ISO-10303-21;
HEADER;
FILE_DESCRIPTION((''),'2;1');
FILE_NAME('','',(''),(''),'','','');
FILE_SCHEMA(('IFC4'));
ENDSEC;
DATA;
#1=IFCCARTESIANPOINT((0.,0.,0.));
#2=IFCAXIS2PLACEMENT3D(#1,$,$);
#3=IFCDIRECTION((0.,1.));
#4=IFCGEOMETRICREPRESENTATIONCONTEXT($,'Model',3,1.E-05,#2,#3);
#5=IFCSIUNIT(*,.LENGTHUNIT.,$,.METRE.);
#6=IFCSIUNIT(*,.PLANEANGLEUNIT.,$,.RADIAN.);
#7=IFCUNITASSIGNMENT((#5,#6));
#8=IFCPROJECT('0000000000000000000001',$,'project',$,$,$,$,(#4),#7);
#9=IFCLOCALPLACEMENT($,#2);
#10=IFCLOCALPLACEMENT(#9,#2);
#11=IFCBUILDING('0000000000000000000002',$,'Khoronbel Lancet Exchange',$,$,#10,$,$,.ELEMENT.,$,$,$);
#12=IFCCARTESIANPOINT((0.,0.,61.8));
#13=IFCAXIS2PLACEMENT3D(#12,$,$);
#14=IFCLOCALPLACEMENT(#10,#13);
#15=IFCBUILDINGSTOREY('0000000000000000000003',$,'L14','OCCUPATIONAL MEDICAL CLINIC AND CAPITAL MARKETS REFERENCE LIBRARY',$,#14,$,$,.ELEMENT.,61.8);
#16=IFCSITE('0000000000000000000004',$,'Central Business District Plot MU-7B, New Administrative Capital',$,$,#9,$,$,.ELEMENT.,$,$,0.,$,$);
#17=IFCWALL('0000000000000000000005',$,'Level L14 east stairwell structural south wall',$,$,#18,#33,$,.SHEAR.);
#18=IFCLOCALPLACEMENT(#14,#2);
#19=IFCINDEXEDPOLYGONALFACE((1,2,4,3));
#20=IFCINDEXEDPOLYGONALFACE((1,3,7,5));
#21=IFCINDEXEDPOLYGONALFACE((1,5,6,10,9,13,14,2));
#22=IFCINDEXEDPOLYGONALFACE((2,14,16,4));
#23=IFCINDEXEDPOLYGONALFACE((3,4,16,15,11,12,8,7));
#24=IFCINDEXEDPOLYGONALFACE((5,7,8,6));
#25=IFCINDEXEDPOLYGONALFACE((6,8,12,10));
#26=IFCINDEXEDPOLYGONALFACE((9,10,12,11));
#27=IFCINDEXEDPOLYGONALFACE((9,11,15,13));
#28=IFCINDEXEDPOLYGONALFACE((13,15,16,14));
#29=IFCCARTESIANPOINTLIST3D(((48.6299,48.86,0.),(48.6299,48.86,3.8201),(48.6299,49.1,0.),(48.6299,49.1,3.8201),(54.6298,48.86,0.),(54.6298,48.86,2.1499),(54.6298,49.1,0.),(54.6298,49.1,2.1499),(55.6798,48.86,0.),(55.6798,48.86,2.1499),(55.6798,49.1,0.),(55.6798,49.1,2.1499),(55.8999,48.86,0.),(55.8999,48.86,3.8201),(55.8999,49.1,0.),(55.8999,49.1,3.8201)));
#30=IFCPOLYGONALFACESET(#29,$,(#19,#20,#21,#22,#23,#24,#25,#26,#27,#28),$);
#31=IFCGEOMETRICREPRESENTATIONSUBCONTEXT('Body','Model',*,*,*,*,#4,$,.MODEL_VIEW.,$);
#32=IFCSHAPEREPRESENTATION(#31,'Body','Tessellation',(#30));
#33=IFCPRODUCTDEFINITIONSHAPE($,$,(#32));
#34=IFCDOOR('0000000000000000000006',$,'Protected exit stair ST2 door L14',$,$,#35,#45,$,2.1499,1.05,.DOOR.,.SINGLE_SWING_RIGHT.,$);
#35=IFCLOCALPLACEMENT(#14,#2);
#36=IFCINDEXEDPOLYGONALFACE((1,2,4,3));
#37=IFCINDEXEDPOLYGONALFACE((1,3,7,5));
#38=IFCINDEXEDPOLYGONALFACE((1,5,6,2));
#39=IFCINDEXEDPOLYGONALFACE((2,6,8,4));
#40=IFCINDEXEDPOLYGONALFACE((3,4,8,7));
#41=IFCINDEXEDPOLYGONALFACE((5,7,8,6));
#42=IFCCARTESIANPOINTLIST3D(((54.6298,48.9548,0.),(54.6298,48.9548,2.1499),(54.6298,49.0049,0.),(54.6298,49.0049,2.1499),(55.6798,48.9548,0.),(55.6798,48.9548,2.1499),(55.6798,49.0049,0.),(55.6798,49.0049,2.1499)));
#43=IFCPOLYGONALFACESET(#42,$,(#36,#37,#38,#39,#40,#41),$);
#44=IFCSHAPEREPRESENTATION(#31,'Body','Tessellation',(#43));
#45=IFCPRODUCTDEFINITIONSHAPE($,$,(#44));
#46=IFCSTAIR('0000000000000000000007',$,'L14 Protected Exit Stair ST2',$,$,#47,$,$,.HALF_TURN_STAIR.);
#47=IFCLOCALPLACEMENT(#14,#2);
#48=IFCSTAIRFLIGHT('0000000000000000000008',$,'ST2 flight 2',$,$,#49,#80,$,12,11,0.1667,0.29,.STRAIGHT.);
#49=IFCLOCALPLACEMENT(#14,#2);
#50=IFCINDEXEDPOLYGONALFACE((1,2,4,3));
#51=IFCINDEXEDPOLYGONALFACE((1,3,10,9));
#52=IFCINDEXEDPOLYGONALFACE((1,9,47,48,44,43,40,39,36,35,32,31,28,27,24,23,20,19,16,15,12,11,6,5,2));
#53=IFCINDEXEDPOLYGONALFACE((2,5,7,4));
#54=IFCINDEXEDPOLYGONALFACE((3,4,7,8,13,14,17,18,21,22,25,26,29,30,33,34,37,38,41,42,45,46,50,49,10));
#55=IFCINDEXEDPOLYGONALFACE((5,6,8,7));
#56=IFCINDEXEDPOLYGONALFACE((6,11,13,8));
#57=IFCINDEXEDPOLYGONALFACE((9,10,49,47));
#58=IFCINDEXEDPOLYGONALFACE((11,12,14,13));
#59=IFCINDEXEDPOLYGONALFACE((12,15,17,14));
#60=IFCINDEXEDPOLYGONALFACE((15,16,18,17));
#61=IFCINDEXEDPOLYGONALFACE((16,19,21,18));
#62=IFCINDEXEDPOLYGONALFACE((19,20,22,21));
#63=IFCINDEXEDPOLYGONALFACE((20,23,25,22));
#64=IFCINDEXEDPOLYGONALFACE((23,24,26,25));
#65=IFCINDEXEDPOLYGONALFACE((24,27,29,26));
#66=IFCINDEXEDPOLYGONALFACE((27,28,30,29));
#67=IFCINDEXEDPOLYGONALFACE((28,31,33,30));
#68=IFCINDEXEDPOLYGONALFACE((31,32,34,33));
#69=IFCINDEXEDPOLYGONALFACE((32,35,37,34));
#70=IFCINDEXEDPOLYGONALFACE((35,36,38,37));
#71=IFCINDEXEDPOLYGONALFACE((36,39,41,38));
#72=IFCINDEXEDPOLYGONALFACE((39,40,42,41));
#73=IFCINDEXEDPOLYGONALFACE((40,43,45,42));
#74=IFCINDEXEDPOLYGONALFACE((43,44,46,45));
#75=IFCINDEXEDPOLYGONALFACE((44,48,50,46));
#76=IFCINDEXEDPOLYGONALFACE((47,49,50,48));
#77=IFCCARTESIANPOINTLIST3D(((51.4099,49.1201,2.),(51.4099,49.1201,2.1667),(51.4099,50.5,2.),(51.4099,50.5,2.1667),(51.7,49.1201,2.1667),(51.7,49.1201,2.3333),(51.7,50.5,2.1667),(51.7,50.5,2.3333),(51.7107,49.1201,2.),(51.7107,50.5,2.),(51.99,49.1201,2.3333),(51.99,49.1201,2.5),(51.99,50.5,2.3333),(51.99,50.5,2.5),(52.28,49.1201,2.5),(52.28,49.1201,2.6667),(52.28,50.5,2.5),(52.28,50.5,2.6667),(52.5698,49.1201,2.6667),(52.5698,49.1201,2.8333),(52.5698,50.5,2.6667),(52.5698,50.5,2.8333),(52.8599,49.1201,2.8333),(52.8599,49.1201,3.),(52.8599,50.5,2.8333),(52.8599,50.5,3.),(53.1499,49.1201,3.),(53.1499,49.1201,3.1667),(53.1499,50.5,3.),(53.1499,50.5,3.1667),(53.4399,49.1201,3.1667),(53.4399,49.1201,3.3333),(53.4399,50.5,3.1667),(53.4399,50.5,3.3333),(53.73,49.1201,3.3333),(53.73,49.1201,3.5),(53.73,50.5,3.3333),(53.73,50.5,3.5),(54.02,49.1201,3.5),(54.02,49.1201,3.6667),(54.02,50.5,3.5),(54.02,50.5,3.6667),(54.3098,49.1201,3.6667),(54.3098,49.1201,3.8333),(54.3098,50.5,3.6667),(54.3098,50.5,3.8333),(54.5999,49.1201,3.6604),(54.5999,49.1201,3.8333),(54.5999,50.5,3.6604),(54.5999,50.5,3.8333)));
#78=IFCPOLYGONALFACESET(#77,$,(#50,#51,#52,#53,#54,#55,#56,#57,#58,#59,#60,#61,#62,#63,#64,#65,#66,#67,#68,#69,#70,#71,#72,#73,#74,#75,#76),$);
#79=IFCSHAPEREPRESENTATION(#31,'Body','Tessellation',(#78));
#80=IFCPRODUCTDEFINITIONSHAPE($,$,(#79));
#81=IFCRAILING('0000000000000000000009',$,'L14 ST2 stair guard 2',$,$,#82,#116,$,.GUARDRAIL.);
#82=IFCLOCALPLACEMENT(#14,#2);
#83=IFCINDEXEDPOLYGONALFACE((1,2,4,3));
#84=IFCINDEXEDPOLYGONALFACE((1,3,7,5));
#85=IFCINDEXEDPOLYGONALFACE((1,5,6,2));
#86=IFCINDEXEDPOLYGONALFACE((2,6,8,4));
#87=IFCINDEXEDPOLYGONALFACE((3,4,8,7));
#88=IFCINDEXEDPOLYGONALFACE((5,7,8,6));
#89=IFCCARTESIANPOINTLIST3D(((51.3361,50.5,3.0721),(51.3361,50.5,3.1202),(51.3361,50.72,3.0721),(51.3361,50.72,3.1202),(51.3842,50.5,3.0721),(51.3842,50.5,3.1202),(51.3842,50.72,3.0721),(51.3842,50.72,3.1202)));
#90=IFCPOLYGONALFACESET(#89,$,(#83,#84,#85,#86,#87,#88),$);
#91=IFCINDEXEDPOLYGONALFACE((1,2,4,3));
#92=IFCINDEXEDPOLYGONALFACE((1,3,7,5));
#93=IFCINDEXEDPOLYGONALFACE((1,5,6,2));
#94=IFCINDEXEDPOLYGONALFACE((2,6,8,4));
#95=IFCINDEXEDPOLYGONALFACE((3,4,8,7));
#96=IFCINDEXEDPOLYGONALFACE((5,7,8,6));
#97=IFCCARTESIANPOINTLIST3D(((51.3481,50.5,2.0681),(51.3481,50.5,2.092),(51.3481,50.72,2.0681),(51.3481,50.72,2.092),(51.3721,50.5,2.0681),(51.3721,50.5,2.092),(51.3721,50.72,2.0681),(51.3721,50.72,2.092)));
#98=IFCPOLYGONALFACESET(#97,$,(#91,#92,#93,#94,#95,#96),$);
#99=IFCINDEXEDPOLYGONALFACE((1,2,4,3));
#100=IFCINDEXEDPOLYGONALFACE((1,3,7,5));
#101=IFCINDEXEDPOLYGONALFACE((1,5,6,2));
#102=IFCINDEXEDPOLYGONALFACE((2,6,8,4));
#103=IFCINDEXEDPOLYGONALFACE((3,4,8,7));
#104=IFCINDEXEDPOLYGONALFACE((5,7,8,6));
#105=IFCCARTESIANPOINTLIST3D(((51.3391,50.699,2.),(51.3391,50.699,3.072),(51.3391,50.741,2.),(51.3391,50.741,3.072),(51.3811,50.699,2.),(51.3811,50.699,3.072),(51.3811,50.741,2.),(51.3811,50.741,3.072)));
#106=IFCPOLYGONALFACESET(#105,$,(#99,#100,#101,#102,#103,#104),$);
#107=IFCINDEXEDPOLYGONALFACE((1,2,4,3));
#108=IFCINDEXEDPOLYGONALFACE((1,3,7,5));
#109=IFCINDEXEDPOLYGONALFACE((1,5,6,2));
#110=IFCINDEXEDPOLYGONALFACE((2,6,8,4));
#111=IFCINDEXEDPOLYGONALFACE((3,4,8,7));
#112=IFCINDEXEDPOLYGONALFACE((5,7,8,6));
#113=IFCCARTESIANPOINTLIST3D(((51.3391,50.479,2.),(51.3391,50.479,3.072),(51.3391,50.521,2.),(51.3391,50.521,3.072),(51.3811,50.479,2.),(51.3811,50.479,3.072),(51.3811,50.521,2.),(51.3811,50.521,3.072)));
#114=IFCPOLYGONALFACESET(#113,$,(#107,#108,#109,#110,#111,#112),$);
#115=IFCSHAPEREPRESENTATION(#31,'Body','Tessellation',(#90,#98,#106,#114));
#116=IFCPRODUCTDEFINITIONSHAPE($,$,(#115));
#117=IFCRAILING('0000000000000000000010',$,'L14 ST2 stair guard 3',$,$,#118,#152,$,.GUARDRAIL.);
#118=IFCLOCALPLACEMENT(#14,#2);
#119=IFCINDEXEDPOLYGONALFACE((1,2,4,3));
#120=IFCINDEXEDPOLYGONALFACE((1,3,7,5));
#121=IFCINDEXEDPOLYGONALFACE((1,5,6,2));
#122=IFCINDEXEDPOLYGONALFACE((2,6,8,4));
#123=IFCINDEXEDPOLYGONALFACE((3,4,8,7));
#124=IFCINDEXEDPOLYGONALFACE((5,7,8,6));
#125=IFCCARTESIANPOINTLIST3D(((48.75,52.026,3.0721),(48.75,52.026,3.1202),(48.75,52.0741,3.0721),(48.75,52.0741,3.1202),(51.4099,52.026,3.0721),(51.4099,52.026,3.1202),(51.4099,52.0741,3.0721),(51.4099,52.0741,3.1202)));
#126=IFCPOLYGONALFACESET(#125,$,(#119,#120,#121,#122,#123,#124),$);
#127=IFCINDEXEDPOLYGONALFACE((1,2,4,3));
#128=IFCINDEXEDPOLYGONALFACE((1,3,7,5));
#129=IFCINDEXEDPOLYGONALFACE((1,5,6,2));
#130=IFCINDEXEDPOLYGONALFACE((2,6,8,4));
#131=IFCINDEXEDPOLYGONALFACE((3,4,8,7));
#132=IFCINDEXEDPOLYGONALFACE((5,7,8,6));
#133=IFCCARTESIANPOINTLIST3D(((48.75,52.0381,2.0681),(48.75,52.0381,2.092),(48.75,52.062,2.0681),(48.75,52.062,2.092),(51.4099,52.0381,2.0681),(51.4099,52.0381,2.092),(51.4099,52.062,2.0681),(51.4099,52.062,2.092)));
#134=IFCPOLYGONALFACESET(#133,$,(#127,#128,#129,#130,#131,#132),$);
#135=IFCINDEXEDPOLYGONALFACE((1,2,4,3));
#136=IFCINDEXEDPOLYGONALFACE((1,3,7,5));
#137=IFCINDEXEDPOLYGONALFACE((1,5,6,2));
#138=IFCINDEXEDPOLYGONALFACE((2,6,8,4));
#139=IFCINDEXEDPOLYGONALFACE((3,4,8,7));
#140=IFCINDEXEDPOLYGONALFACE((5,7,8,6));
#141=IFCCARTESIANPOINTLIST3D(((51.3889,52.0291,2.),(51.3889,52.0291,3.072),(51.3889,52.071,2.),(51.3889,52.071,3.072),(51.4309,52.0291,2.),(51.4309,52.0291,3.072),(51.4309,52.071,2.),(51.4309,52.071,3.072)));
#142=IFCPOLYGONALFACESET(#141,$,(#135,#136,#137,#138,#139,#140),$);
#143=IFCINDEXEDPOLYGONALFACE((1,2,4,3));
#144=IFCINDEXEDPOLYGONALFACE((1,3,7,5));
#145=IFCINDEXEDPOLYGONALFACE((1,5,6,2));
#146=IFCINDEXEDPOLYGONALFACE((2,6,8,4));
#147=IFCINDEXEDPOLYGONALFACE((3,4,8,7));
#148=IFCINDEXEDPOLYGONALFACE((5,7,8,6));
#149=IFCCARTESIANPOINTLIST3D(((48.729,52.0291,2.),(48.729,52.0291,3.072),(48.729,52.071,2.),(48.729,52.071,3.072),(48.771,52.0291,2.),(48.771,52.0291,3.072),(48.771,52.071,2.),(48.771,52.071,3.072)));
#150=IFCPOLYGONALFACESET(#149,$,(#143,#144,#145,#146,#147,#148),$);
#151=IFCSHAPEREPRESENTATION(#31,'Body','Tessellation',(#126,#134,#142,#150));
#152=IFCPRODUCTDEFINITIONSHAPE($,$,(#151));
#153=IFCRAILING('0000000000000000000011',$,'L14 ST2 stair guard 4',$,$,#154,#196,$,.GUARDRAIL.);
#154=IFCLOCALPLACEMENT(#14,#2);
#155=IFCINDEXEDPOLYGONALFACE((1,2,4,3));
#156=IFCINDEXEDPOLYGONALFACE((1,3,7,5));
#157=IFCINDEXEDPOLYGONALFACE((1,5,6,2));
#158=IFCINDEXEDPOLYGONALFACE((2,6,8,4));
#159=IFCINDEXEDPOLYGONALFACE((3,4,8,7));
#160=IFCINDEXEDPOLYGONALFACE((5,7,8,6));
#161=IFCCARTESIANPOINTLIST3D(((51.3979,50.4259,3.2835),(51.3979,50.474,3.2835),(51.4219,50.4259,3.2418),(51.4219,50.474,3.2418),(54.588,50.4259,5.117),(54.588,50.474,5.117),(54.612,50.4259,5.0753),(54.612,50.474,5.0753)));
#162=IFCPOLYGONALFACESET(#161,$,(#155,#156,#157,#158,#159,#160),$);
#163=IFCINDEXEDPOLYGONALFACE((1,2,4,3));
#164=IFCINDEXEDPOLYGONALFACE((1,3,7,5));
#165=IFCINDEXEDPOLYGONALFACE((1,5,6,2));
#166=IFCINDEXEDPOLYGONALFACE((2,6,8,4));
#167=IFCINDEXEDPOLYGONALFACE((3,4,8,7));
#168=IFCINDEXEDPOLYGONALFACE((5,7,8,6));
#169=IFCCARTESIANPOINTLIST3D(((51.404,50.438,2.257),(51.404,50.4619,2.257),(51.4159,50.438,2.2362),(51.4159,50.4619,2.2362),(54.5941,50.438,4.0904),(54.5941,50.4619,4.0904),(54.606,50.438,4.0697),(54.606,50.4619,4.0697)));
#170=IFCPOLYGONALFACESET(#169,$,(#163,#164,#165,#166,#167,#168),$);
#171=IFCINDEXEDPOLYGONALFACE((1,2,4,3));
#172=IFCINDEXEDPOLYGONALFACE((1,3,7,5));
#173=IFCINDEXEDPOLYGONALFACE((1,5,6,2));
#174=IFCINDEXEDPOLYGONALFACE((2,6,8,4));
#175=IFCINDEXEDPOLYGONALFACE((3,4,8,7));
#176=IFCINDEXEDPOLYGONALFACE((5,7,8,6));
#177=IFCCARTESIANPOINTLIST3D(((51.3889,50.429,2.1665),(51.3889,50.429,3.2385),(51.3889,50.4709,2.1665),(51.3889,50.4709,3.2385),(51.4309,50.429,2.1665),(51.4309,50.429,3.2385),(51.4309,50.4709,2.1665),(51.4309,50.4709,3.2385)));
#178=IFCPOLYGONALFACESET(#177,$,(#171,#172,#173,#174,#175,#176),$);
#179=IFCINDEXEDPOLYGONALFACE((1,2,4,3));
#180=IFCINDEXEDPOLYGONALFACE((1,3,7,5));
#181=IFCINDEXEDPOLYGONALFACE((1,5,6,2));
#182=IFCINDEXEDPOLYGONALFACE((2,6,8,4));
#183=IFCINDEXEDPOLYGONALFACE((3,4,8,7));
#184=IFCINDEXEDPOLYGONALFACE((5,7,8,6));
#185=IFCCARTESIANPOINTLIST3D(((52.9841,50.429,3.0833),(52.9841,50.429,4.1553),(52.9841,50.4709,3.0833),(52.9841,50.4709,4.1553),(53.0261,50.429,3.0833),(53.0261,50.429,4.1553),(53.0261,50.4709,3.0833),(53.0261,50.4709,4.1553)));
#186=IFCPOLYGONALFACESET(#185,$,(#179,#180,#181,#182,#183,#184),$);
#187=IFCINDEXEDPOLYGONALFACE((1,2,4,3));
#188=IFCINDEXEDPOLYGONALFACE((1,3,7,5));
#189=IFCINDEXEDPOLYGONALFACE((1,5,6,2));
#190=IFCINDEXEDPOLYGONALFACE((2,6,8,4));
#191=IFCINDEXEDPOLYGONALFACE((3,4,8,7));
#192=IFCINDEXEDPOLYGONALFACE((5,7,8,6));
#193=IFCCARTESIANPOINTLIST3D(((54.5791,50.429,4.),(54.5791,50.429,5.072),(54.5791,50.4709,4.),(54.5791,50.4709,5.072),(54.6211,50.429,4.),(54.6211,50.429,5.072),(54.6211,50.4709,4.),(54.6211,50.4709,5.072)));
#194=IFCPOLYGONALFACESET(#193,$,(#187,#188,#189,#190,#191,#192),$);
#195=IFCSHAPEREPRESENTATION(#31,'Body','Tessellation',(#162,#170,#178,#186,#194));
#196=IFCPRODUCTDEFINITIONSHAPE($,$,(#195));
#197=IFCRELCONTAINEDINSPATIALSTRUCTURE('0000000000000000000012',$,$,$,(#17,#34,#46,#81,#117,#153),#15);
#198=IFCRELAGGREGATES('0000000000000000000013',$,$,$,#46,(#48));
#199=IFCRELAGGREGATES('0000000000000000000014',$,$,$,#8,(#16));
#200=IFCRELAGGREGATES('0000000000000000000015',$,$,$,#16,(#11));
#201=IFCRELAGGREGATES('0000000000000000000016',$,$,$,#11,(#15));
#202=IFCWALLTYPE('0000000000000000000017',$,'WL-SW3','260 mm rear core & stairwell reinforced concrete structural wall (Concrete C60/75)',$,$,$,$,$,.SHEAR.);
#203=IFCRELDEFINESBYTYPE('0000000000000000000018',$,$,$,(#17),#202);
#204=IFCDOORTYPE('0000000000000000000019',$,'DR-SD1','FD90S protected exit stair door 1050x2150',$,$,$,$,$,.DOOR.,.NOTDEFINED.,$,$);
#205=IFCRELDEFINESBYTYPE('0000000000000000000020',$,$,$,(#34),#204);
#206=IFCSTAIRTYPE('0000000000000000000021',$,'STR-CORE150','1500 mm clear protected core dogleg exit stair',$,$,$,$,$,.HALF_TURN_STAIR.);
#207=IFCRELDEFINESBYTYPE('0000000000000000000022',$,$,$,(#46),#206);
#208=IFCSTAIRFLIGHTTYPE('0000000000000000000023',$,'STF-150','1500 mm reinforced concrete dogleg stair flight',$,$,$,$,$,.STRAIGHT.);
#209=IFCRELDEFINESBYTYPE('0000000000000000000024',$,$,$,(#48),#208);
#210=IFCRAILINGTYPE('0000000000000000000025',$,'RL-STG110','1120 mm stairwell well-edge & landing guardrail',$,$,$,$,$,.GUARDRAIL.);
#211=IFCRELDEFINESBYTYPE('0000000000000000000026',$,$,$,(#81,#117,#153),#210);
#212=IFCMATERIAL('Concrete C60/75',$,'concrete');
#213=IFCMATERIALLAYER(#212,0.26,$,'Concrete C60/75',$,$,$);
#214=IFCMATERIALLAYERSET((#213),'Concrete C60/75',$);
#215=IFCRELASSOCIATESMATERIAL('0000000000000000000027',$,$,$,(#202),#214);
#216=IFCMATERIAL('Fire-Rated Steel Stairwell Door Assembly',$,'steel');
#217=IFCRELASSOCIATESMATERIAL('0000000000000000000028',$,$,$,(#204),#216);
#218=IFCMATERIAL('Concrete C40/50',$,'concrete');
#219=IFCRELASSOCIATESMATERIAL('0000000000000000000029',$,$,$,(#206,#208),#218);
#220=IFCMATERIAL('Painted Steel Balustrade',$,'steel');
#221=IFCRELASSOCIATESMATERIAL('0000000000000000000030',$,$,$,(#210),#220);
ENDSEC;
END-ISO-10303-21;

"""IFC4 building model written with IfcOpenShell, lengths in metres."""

from ifc_helpers import new_model, si_unit, direction, frame, frame_2d, origin, origin_2d, place, context, subcontext, project, spatial, polyline, rectangle, outline, extrude, material, layer, layer_set, type_object, element, fill, aggregate, save


model = new_model("IFC4")

# Units and contexts
model_context = context("Model", 3, precision=1e-05, world=origin(), true_north=direction((0.0, 1.0)))
body_context = subcontext(model_context, "Body", "Model", "MODEL_VIEW")
ifc_project = project(units=[si_unit("LENGTHUNIT", "METRE"), si_unit("PLANEANGLEUNIT", "RADIAN")], contexts=[model_context])

# Site, building, storey
site_placement = place(None, origin())
site = spatial("IfcSite", under=ifc_project, at=site_placement, Name="Central Business District Plot MU-7B, New Administrative Capital", CompositionType="ELEMENT", RefElevation=0.0)
building_placement = place(site_placement, origin())
building = spatial("IfcBuilding", under=site, at=building_placement, Name="Khoronbel Lancet Exchange", CompositionType="ELEMENT")
storey_placement = place(building_placement, frame((0.0, 0.0, 61.8)))
storey = spatial("IfcBuildingStorey", under=building, at=storey_placement, Name="L14", Description="OCCUPATIONAL MEDICAL CLINIC AND CAPITAL MARKETS REFERENCE LIBRARY", CompositionType="ELEMENT", Elevation=61.8)

# Wall, opening, door
ifc_material_1 = material(Name="Concrete C60/75", Category="concrete")
ifc_layer_1 = layer(ifc_material_1, 0.26, Name="Concrete C60/75")
ifc_layer_set_1 = layer_set([ifc_layer_1], Name="Concrete C60/75")
wall_type_1 = type_object("IfcWallType", Name="WL-SW3", Description="260 mm rear core & stairwell reinforced concrete structural wall (Concrete C60/75)", PredefinedType="SHEAR", material=ifc_layer_set_1)
wall_1_placement = place(storey_placement, frame((48.6299, 48.98, 0.0), z_axis=(0.0, 0.0, 1.0), x_axis=(1.0, 0.0, 0.0)))
wall_1 = element("IfcWall", 1, at=wall_1_placement, inside=storey, type_object=wall_type_1, Name="Level L14 east stairwell structural south wall", PredefinedType="SHEAR", context=body_context, shape_type="SweptSolid", body=[
    extrude(rectangle(XDim=7.27, YDim=0.24, at=frame_2d((3.635, 0.0))), origin(), (0.0, 0.0, 1.0), 3.8201),
])
opening_1_placement = place(wall_1_placement, frame((6.0, 0.0, 0.0)))
opening_1 = element("IfcOpeningElement", 2, at=opening_1_placement, cuts=wall_1, PredefinedType="OPENING", context=body_context, shape_type="SweptSolid", body=[
    extrude(rectangle(XDim=1.05, YDim=2.1499, at=frame_2d((0.5249, 1.075))), frame((0.0, 0.1299, 0.0), z_axis=(0.0, -1.0, 0.0), x_axis=(1.0, 0.0, 0.0)), (0.0, 0.0, 1.0), 0.26),
])
ifc_material_2 = material(Name="Fire-Rated Steel Stairwell Door Assembly", Category="steel")
door_type_1 = type_object("IfcDoorType", Name="DR-SD1", Description="FD90S protected exit stair door 1050x2150", OperationType="NOTDEFINED", PredefinedType="DOOR", material=ifc_material_2)
door_1_placement = place(opening_1_placement, origin())
door_1 = element("IfcDoor", 3, at=door_1_placement, inside=storey, type_object=door_type_1, Name="Protected exit stair ST2 door L14", OperationType="SINGLE_SWING_RIGHT", OverallHeight=2.1499, OverallWidth=1.05, PredefinedType="DOOR", context=body_context, shape_type="SweptSolid", body=[
    extrude(rectangle(XDim=1.05, YDim=2.1499, at=frame_2d((0.5249, 1.075))), frame((0.0, 0.0249, 0.0), z_axis=(0.0, -1.0, 0.0), x_axis=(1.0, 0.0, 0.0)), (0.0, 0.0, 1.0), 0.05),
])
fill(opening_1, door_1)

# Stair, stair flight
ifc_material_3 = material(Name="Concrete C40/50", Category="concrete")
stair_type = type_object("IfcStairType", Name="STR-CORE150", Description="1500 mm clear protected core dogleg exit stair", PredefinedType="HALF_TURN_STAIR", material=ifc_material_3)
stair_placement = place(storey_placement, origin())
stair = element("IfcStair", 4, at=stair_placement, inside=storey, type_object=stair_type, Name="L14 Protected Exit Stair ST2", PredefinedType="HALF_TURN_STAIR")
stair_flight_type = type_object("IfcStairFlightType", Name="STF-150", Description="1500 mm reinforced concrete dogleg stair flight", PredefinedType="STRAIGHT", material=ifc_material_3)
stair_flight_placement = place(storey_placement, frame((51.4099, 49.8101, 2.0), z_axis=(0.0, 0.0, 1.0), x_axis=(1.0, 0.0, 0.0)))
stair_flight = element("IfcStairFlight", 5, at=stair_flight_placement, type_object=stair_flight_type, Name="ST2 flight 2", NumberOfRisers=12, NumberOfTreads=11, PredefinedType="STRAIGHT", RiserHeight=0.1667, TreadLength=0.29, context=body_context, shape_type="SweptSolid", body=[
    extrude(outline(polyline([(0.0, 0.0), (0.0, 0.1667), (0.29, 0.1667), (0.29, 0.3333), (0.5801, 0.3333), (0.5801, 0.5), (0.8701, 0.5), (0.8701, 0.6667), (1.1599, 0.6667), (1.1599, 0.8333), (1.45, 0.8333), (1.45, 1.0), (1.74, 1.0), (1.74, 1.1667), (2.03, 1.1667), (2.03, 1.3333), (2.3201, 1.3333), (2.3201, 1.5), (2.6101, 1.5), (2.6101, 1.6667), (2.8999, 1.6667), (2.8999, 1.8333), (3.1899, 1.8333), (3.1899, 2.0), (3.1899, 1.6604), (0.3008, 0.0), (0.0, 0.0)])), frame((0.0, 0.6899, 0.0), z_axis=(0.0, -1.0, 0.0), x_axis=(1.0, 0.0, 0.0)), (0.0, 0.0, 1.0), 1.3799),
])
aggregate(stair, [stair_flight])

# Railings
ifc_material_4 = material(Name="Painted Steel Balustrade", Category="steel")
railing_type_1 = type_object("IfcRailingType", Name="RL-STG110", Description="1120 mm stairwell well-edge & landing guardrail", PredefinedType="GUARDRAIL", material=ifc_material_4)
railing_1_placement = place(storey_placement, frame((51.3601, 50.72, 2.0)))
element("IfcRailing", 6, at=railing_1_placement, inside=storey, type_object=railing_type_1, Name="L14 ST2 stair guard 2", PredefinedType="GUARDRAIL", context=body_context, shape_type="SweptSolid", body=[
    extrude(rectangle(XDim=0.0481, YDim=0.0481, at=origin_2d()), frame((0.0, 0.0, 1.0962), z_axis=(0.0, -1.0, 0.0), x_axis=(1.0, 0.0, 0.0)), (0.0, 0.0, 1.0), 0.22),
    extrude(rectangle(XDim=0.0239, YDim=0.0239, at=origin_2d()), frame((0.0, 0.0, 0.0801), z_axis=(0.0, -1.0, 0.0), x_axis=(1.0, 0.0, 0.0)), (0.0, 0.0, 1.0), 0.22),
    extrude(rectangle(XDim=0.042, YDim=0.042, at=origin_2d()), origin(), (0.0, 0.0, 1.0), 1.072),
    extrude(rectangle(XDim=0.042, YDim=0.042, at=origin_2d()), frame((0.0, -0.22, 0.0)), (0.0, 0.0, 1.0), 1.072),
])
railing_2_placement = place(storey_placement, frame((51.4099, 52.05, 2.0)))
element("IfcRailing", 7, at=railing_2_placement, inside=storey, type_object=railing_type_1, Name="L14 ST2 stair guard 3", PredefinedType="GUARDRAIL", context=body_context, shape_type="SweptSolid", body=[
    extrude(rectangle(XDim=0.0481, YDim=0.0481, at=origin_2d()), frame((0.0, 0.0, 1.0962), z_axis=(-1.0, 0.0, 0.0), x_axis=(0.0, -1.0, 0.0)), (0.0, 0.0, 1.0), 2.6599),
    extrude(rectangle(XDim=0.0239, YDim=0.0239, at=origin_2d()), frame((0.0, 0.0, 0.0801), z_axis=(-1.0, 0.0, 0.0), x_axis=(0.0, -1.0, 0.0)), (0.0, 0.0, 1.0), 2.6599),
    extrude(rectangle(XDim=0.042, YDim=0.042, at=origin_2d()), origin(), (0.0, 0.0, 1.0), 1.072),
    extrude(rectangle(XDim=0.042, YDim=0.042, at=origin_2d()), frame((-2.6599, 0.0, 0.0)), (0.0, 0.0, 1.0), 1.072),
])
railing_3_placement = place(storey_placement, frame((51.4099, 50.45, 2.1665)))
element("IfcRailing", 8, at=railing_3_placement, inside=storey, type_object=railing_type_1, Name="L14 ST2 stair guard 4", PredefinedType="GUARDRAIL", context=body_context, shape_type="SweptSolid", body=[
    extrude(rectangle(XDim=0.0481, YDim=0.0481, at=origin_2d()), frame((0.0, 0.0, 1.0962), z_axis=(0.867007, 0.0, 0.498295), x_axis=(0.0, 1.0, 0.0)), (0.0, 0.0, 1.0), 3.6794),
    extrude(rectangle(XDim=0.0239, YDim=0.0239, at=origin_2d()), frame((0.0, 0.0, 0.0801), z_axis=(0.867007, 0.0, 0.498295), x_axis=(0.0, 1.0, 0.0)), (0.0, 0.0, 1.0), 3.6794),
    extrude(rectangle(XDim=0.042, YDim=0.042, at=origin_2d()), origin(), (0.0, 0.0, 1.0), 1.072),
    extrude(rectangle(XDim=0.042, YDim=0.042, at=origin_2d()), frame((1.5952, 0.0, 0.9167)), (0.0, 0.0, 1.0), 1.072),
    extrude(rectangle(XDim=0.042, YDim=0.042, at=origin_2d()), frame((3.1902, 0.0, 1.8335)), (0.0, 0.0, 1.0), 1.072),
])

save(model, "model.ifc")
